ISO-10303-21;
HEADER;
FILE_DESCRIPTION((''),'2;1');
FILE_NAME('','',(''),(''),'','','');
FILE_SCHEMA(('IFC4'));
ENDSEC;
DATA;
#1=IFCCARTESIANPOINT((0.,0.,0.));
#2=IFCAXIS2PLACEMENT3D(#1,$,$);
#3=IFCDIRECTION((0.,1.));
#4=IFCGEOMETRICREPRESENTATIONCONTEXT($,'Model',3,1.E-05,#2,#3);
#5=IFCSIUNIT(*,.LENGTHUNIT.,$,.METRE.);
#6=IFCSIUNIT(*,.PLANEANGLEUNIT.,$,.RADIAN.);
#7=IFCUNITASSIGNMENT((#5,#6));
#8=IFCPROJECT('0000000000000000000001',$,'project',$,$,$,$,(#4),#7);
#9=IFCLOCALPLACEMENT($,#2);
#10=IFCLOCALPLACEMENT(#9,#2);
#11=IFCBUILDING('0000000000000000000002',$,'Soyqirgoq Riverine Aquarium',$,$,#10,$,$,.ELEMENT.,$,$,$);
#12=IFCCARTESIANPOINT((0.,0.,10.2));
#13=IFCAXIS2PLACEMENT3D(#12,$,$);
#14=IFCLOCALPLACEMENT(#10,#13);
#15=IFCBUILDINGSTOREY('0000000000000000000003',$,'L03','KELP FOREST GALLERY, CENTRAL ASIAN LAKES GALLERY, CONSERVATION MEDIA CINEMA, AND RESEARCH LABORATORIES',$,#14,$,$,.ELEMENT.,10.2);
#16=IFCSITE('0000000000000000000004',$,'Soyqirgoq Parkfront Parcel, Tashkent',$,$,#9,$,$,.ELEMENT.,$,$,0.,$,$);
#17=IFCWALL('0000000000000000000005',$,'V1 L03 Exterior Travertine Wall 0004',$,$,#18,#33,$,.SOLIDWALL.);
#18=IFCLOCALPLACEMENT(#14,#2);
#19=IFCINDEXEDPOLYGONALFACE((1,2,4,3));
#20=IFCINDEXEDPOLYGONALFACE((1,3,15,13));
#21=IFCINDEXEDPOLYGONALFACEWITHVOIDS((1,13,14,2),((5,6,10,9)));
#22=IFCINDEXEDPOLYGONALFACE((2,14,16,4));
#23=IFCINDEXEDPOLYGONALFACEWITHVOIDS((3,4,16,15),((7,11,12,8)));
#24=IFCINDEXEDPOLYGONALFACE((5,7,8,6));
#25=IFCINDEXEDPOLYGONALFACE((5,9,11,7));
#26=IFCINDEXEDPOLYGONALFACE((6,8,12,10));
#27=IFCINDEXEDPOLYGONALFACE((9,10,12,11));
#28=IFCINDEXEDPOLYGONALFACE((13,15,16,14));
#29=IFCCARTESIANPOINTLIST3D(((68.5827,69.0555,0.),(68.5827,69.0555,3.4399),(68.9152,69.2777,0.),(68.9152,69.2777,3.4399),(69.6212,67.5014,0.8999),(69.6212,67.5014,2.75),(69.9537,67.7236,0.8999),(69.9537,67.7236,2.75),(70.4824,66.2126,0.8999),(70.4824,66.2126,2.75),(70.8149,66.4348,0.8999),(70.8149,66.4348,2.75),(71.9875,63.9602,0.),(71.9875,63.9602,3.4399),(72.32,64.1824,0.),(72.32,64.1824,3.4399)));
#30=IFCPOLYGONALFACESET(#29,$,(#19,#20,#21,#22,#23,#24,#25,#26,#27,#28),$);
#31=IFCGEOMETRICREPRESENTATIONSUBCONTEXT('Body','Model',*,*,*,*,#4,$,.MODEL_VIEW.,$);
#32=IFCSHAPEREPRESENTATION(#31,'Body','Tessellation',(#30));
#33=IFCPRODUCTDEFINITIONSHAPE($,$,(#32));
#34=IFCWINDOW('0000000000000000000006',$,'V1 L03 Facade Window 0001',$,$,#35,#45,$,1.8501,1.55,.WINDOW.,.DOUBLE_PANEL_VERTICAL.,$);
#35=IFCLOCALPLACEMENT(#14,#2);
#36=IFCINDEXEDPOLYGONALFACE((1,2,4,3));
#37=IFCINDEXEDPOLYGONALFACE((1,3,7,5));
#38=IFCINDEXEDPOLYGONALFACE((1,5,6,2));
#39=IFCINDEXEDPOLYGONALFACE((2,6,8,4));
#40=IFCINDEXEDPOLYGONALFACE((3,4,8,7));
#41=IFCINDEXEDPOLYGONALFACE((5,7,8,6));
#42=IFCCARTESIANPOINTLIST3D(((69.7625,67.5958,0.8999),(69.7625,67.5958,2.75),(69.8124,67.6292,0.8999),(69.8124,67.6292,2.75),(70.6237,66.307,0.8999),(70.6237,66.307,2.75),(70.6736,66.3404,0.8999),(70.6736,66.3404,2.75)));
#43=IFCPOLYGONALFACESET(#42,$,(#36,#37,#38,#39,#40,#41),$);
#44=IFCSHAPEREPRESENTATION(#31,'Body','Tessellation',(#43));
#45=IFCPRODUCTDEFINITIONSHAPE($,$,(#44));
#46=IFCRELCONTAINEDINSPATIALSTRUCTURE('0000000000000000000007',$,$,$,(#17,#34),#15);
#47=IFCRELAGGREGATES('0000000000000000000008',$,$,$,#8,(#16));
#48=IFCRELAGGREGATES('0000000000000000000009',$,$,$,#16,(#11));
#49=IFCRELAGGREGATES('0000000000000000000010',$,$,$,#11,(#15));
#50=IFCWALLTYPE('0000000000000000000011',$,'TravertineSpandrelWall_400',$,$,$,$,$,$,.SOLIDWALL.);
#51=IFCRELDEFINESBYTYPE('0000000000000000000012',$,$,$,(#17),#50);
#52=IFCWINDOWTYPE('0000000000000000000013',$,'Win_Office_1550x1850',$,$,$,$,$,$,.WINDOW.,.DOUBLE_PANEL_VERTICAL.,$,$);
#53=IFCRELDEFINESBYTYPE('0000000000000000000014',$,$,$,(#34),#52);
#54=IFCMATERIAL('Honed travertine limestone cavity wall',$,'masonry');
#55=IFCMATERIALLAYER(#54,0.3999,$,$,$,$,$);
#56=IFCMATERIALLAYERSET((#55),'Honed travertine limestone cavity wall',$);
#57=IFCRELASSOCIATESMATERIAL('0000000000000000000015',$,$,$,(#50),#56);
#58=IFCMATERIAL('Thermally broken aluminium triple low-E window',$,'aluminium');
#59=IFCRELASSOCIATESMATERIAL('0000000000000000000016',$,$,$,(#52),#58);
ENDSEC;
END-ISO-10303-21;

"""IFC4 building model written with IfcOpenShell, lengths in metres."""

from ifc_helpers import new_model, si_unit, direction, frame, frame_2d, origin, place, context, subcontext, project, spatial, rectangle, extrude, material, layer, layer_set, type_object, element, fill, save


model = new_model("IFC4")

# Units and contexts
model_context = context("Model", 3, precision=1e-05, world=origin(), true_north=direction((0.0, 1.0)))
body_context = subcontext(model_context, "Body", "Model", "MODEL_VIEW")
ifc_project = project(units=[si_unit("LENGTHUNIT", "METRE"), si_unit("PLANEANGLEUNIT", "RADIAN")], contexts=[model_context])

# Site, building, storey
site_placement = place(None, origin())
site = spatial("IfcSite", under=ifc_project, at=site_placement, Name="Soyqirgoq Parkfront Parcel, Tashkent", CompositionType="ELEMENT", RefElevation=0.0)
building_placement = place(site_placement, origin())
building = spatial("IfcBuilding", under=site, at=building_placement, Name="Soyqirgoq Riverine Aquarium", CompositionType="ELEMENT")
storey_placement = place(building_placement, frame((0.0, 0.0, 10.2)))
storey = spatial("IfcBuildingStorey", under=building, at=storey_placement, Name="L03", Description="KELP FOREST GALLERY, CENTRAL ASIAN LAKES GALLERY, CONSERVATION MEDIA CINEMA, AND RESEARCH LABORATORIES", CompositionType="ELEMENT", Elevation=10.2)

# Wall, opening, window
ifc_material_1 = material(Name="Honed travertine limestone cavity wall", Category="masonry")
ifc_layer_1 = layer(ifc_material_1, 0.3999)
ifc_layer_set_1 = layer_set([ifc_layer_1], Name="Honed travertine limestone cavity wall")
wall_type_1 = type_object("IfcWallType", Name="TravertineSpandrelWall_400", PredefinedType="SOLIDWALL", material=ifc_layer_set_1)
wall_1_placement = place(storey_placement, frame((68.749, 69.1665, 0.0), z_axis=(0.0, 0.0, 1.0), x_axis=(0.555601, -0.831449, 0.0)))
wall_1 = element("IfcWall", 1, at=wall_1_placement, inside=storey, type_object=wall_type_1, Name="V1 L03 Exterior Travertine Wall 0004", PredefinedType="SOLIDWALL", context=body_context, shape_type="SweptSolid", body=[
    extrude(rectangle(XDim=6.1282, YDim=0.3999, at=frame_2d((3.064, 0.0))), origin(), (0.0, 0.0, 1.0), 3.4399),
])
opening_placement = place(wall_1_placement, frame((1.8691, 0.0, 0.8999)))
opening = element("IfcOpeningElement", 2, at=opening_placement, cuts=wall_1, PredefinedType="OPENING", context=body_context, shape_type="SweptSolid", body=[
    extrude(rectangle(XDim=1.55, YDim=1.8501, at=frame_2d((0.7749, 0.925))), frame((0.0, 0.21, 0.0), z_axis=(0.0, -1.0, 0.0), x_axis=(1.0, 0.0, 0.0)), (0.0, 0.0, 1.0), 0.4199),
])
ifc_material_2 = material(Name="Thermally broken aluminium triple low-E window", Category="aluminium")
window_type = type_object("IfcWindowType", Name="Win_Office_1550x1850", PartitioningType="DOUBLE_PANEL_VERTICAL", PredefinedType="WINDOW", material=ifc_material_2)
window_placement = place(opening_placement, origin())
window = element("IfcWindow", 3, at=window_placement, inside=storey, type_object=window_type, Name="V1 L03 Facade Window 0001", OverallHeight=1.8501, OverallWidth=1.55, PartitioningType="DOUBLE_PANEL_VERTICAL", PredefinedType="WINDOW", context=body_context, shape_type="SweptSolid", body=[
    extrude(rectangle(XDim=1.55, YDim=1.8501, at=frame_2d((0.7749, 0.925))), frame((0.0, 0.03, 0.0), z_axis=(0.0, -1.0, 0.0), x_axis=(1.0, 0.0, 0.0)), (0.0, 0.0, 1.0), 0.0601),
])
fill(opening, window)

save(model, "model.ifc")
